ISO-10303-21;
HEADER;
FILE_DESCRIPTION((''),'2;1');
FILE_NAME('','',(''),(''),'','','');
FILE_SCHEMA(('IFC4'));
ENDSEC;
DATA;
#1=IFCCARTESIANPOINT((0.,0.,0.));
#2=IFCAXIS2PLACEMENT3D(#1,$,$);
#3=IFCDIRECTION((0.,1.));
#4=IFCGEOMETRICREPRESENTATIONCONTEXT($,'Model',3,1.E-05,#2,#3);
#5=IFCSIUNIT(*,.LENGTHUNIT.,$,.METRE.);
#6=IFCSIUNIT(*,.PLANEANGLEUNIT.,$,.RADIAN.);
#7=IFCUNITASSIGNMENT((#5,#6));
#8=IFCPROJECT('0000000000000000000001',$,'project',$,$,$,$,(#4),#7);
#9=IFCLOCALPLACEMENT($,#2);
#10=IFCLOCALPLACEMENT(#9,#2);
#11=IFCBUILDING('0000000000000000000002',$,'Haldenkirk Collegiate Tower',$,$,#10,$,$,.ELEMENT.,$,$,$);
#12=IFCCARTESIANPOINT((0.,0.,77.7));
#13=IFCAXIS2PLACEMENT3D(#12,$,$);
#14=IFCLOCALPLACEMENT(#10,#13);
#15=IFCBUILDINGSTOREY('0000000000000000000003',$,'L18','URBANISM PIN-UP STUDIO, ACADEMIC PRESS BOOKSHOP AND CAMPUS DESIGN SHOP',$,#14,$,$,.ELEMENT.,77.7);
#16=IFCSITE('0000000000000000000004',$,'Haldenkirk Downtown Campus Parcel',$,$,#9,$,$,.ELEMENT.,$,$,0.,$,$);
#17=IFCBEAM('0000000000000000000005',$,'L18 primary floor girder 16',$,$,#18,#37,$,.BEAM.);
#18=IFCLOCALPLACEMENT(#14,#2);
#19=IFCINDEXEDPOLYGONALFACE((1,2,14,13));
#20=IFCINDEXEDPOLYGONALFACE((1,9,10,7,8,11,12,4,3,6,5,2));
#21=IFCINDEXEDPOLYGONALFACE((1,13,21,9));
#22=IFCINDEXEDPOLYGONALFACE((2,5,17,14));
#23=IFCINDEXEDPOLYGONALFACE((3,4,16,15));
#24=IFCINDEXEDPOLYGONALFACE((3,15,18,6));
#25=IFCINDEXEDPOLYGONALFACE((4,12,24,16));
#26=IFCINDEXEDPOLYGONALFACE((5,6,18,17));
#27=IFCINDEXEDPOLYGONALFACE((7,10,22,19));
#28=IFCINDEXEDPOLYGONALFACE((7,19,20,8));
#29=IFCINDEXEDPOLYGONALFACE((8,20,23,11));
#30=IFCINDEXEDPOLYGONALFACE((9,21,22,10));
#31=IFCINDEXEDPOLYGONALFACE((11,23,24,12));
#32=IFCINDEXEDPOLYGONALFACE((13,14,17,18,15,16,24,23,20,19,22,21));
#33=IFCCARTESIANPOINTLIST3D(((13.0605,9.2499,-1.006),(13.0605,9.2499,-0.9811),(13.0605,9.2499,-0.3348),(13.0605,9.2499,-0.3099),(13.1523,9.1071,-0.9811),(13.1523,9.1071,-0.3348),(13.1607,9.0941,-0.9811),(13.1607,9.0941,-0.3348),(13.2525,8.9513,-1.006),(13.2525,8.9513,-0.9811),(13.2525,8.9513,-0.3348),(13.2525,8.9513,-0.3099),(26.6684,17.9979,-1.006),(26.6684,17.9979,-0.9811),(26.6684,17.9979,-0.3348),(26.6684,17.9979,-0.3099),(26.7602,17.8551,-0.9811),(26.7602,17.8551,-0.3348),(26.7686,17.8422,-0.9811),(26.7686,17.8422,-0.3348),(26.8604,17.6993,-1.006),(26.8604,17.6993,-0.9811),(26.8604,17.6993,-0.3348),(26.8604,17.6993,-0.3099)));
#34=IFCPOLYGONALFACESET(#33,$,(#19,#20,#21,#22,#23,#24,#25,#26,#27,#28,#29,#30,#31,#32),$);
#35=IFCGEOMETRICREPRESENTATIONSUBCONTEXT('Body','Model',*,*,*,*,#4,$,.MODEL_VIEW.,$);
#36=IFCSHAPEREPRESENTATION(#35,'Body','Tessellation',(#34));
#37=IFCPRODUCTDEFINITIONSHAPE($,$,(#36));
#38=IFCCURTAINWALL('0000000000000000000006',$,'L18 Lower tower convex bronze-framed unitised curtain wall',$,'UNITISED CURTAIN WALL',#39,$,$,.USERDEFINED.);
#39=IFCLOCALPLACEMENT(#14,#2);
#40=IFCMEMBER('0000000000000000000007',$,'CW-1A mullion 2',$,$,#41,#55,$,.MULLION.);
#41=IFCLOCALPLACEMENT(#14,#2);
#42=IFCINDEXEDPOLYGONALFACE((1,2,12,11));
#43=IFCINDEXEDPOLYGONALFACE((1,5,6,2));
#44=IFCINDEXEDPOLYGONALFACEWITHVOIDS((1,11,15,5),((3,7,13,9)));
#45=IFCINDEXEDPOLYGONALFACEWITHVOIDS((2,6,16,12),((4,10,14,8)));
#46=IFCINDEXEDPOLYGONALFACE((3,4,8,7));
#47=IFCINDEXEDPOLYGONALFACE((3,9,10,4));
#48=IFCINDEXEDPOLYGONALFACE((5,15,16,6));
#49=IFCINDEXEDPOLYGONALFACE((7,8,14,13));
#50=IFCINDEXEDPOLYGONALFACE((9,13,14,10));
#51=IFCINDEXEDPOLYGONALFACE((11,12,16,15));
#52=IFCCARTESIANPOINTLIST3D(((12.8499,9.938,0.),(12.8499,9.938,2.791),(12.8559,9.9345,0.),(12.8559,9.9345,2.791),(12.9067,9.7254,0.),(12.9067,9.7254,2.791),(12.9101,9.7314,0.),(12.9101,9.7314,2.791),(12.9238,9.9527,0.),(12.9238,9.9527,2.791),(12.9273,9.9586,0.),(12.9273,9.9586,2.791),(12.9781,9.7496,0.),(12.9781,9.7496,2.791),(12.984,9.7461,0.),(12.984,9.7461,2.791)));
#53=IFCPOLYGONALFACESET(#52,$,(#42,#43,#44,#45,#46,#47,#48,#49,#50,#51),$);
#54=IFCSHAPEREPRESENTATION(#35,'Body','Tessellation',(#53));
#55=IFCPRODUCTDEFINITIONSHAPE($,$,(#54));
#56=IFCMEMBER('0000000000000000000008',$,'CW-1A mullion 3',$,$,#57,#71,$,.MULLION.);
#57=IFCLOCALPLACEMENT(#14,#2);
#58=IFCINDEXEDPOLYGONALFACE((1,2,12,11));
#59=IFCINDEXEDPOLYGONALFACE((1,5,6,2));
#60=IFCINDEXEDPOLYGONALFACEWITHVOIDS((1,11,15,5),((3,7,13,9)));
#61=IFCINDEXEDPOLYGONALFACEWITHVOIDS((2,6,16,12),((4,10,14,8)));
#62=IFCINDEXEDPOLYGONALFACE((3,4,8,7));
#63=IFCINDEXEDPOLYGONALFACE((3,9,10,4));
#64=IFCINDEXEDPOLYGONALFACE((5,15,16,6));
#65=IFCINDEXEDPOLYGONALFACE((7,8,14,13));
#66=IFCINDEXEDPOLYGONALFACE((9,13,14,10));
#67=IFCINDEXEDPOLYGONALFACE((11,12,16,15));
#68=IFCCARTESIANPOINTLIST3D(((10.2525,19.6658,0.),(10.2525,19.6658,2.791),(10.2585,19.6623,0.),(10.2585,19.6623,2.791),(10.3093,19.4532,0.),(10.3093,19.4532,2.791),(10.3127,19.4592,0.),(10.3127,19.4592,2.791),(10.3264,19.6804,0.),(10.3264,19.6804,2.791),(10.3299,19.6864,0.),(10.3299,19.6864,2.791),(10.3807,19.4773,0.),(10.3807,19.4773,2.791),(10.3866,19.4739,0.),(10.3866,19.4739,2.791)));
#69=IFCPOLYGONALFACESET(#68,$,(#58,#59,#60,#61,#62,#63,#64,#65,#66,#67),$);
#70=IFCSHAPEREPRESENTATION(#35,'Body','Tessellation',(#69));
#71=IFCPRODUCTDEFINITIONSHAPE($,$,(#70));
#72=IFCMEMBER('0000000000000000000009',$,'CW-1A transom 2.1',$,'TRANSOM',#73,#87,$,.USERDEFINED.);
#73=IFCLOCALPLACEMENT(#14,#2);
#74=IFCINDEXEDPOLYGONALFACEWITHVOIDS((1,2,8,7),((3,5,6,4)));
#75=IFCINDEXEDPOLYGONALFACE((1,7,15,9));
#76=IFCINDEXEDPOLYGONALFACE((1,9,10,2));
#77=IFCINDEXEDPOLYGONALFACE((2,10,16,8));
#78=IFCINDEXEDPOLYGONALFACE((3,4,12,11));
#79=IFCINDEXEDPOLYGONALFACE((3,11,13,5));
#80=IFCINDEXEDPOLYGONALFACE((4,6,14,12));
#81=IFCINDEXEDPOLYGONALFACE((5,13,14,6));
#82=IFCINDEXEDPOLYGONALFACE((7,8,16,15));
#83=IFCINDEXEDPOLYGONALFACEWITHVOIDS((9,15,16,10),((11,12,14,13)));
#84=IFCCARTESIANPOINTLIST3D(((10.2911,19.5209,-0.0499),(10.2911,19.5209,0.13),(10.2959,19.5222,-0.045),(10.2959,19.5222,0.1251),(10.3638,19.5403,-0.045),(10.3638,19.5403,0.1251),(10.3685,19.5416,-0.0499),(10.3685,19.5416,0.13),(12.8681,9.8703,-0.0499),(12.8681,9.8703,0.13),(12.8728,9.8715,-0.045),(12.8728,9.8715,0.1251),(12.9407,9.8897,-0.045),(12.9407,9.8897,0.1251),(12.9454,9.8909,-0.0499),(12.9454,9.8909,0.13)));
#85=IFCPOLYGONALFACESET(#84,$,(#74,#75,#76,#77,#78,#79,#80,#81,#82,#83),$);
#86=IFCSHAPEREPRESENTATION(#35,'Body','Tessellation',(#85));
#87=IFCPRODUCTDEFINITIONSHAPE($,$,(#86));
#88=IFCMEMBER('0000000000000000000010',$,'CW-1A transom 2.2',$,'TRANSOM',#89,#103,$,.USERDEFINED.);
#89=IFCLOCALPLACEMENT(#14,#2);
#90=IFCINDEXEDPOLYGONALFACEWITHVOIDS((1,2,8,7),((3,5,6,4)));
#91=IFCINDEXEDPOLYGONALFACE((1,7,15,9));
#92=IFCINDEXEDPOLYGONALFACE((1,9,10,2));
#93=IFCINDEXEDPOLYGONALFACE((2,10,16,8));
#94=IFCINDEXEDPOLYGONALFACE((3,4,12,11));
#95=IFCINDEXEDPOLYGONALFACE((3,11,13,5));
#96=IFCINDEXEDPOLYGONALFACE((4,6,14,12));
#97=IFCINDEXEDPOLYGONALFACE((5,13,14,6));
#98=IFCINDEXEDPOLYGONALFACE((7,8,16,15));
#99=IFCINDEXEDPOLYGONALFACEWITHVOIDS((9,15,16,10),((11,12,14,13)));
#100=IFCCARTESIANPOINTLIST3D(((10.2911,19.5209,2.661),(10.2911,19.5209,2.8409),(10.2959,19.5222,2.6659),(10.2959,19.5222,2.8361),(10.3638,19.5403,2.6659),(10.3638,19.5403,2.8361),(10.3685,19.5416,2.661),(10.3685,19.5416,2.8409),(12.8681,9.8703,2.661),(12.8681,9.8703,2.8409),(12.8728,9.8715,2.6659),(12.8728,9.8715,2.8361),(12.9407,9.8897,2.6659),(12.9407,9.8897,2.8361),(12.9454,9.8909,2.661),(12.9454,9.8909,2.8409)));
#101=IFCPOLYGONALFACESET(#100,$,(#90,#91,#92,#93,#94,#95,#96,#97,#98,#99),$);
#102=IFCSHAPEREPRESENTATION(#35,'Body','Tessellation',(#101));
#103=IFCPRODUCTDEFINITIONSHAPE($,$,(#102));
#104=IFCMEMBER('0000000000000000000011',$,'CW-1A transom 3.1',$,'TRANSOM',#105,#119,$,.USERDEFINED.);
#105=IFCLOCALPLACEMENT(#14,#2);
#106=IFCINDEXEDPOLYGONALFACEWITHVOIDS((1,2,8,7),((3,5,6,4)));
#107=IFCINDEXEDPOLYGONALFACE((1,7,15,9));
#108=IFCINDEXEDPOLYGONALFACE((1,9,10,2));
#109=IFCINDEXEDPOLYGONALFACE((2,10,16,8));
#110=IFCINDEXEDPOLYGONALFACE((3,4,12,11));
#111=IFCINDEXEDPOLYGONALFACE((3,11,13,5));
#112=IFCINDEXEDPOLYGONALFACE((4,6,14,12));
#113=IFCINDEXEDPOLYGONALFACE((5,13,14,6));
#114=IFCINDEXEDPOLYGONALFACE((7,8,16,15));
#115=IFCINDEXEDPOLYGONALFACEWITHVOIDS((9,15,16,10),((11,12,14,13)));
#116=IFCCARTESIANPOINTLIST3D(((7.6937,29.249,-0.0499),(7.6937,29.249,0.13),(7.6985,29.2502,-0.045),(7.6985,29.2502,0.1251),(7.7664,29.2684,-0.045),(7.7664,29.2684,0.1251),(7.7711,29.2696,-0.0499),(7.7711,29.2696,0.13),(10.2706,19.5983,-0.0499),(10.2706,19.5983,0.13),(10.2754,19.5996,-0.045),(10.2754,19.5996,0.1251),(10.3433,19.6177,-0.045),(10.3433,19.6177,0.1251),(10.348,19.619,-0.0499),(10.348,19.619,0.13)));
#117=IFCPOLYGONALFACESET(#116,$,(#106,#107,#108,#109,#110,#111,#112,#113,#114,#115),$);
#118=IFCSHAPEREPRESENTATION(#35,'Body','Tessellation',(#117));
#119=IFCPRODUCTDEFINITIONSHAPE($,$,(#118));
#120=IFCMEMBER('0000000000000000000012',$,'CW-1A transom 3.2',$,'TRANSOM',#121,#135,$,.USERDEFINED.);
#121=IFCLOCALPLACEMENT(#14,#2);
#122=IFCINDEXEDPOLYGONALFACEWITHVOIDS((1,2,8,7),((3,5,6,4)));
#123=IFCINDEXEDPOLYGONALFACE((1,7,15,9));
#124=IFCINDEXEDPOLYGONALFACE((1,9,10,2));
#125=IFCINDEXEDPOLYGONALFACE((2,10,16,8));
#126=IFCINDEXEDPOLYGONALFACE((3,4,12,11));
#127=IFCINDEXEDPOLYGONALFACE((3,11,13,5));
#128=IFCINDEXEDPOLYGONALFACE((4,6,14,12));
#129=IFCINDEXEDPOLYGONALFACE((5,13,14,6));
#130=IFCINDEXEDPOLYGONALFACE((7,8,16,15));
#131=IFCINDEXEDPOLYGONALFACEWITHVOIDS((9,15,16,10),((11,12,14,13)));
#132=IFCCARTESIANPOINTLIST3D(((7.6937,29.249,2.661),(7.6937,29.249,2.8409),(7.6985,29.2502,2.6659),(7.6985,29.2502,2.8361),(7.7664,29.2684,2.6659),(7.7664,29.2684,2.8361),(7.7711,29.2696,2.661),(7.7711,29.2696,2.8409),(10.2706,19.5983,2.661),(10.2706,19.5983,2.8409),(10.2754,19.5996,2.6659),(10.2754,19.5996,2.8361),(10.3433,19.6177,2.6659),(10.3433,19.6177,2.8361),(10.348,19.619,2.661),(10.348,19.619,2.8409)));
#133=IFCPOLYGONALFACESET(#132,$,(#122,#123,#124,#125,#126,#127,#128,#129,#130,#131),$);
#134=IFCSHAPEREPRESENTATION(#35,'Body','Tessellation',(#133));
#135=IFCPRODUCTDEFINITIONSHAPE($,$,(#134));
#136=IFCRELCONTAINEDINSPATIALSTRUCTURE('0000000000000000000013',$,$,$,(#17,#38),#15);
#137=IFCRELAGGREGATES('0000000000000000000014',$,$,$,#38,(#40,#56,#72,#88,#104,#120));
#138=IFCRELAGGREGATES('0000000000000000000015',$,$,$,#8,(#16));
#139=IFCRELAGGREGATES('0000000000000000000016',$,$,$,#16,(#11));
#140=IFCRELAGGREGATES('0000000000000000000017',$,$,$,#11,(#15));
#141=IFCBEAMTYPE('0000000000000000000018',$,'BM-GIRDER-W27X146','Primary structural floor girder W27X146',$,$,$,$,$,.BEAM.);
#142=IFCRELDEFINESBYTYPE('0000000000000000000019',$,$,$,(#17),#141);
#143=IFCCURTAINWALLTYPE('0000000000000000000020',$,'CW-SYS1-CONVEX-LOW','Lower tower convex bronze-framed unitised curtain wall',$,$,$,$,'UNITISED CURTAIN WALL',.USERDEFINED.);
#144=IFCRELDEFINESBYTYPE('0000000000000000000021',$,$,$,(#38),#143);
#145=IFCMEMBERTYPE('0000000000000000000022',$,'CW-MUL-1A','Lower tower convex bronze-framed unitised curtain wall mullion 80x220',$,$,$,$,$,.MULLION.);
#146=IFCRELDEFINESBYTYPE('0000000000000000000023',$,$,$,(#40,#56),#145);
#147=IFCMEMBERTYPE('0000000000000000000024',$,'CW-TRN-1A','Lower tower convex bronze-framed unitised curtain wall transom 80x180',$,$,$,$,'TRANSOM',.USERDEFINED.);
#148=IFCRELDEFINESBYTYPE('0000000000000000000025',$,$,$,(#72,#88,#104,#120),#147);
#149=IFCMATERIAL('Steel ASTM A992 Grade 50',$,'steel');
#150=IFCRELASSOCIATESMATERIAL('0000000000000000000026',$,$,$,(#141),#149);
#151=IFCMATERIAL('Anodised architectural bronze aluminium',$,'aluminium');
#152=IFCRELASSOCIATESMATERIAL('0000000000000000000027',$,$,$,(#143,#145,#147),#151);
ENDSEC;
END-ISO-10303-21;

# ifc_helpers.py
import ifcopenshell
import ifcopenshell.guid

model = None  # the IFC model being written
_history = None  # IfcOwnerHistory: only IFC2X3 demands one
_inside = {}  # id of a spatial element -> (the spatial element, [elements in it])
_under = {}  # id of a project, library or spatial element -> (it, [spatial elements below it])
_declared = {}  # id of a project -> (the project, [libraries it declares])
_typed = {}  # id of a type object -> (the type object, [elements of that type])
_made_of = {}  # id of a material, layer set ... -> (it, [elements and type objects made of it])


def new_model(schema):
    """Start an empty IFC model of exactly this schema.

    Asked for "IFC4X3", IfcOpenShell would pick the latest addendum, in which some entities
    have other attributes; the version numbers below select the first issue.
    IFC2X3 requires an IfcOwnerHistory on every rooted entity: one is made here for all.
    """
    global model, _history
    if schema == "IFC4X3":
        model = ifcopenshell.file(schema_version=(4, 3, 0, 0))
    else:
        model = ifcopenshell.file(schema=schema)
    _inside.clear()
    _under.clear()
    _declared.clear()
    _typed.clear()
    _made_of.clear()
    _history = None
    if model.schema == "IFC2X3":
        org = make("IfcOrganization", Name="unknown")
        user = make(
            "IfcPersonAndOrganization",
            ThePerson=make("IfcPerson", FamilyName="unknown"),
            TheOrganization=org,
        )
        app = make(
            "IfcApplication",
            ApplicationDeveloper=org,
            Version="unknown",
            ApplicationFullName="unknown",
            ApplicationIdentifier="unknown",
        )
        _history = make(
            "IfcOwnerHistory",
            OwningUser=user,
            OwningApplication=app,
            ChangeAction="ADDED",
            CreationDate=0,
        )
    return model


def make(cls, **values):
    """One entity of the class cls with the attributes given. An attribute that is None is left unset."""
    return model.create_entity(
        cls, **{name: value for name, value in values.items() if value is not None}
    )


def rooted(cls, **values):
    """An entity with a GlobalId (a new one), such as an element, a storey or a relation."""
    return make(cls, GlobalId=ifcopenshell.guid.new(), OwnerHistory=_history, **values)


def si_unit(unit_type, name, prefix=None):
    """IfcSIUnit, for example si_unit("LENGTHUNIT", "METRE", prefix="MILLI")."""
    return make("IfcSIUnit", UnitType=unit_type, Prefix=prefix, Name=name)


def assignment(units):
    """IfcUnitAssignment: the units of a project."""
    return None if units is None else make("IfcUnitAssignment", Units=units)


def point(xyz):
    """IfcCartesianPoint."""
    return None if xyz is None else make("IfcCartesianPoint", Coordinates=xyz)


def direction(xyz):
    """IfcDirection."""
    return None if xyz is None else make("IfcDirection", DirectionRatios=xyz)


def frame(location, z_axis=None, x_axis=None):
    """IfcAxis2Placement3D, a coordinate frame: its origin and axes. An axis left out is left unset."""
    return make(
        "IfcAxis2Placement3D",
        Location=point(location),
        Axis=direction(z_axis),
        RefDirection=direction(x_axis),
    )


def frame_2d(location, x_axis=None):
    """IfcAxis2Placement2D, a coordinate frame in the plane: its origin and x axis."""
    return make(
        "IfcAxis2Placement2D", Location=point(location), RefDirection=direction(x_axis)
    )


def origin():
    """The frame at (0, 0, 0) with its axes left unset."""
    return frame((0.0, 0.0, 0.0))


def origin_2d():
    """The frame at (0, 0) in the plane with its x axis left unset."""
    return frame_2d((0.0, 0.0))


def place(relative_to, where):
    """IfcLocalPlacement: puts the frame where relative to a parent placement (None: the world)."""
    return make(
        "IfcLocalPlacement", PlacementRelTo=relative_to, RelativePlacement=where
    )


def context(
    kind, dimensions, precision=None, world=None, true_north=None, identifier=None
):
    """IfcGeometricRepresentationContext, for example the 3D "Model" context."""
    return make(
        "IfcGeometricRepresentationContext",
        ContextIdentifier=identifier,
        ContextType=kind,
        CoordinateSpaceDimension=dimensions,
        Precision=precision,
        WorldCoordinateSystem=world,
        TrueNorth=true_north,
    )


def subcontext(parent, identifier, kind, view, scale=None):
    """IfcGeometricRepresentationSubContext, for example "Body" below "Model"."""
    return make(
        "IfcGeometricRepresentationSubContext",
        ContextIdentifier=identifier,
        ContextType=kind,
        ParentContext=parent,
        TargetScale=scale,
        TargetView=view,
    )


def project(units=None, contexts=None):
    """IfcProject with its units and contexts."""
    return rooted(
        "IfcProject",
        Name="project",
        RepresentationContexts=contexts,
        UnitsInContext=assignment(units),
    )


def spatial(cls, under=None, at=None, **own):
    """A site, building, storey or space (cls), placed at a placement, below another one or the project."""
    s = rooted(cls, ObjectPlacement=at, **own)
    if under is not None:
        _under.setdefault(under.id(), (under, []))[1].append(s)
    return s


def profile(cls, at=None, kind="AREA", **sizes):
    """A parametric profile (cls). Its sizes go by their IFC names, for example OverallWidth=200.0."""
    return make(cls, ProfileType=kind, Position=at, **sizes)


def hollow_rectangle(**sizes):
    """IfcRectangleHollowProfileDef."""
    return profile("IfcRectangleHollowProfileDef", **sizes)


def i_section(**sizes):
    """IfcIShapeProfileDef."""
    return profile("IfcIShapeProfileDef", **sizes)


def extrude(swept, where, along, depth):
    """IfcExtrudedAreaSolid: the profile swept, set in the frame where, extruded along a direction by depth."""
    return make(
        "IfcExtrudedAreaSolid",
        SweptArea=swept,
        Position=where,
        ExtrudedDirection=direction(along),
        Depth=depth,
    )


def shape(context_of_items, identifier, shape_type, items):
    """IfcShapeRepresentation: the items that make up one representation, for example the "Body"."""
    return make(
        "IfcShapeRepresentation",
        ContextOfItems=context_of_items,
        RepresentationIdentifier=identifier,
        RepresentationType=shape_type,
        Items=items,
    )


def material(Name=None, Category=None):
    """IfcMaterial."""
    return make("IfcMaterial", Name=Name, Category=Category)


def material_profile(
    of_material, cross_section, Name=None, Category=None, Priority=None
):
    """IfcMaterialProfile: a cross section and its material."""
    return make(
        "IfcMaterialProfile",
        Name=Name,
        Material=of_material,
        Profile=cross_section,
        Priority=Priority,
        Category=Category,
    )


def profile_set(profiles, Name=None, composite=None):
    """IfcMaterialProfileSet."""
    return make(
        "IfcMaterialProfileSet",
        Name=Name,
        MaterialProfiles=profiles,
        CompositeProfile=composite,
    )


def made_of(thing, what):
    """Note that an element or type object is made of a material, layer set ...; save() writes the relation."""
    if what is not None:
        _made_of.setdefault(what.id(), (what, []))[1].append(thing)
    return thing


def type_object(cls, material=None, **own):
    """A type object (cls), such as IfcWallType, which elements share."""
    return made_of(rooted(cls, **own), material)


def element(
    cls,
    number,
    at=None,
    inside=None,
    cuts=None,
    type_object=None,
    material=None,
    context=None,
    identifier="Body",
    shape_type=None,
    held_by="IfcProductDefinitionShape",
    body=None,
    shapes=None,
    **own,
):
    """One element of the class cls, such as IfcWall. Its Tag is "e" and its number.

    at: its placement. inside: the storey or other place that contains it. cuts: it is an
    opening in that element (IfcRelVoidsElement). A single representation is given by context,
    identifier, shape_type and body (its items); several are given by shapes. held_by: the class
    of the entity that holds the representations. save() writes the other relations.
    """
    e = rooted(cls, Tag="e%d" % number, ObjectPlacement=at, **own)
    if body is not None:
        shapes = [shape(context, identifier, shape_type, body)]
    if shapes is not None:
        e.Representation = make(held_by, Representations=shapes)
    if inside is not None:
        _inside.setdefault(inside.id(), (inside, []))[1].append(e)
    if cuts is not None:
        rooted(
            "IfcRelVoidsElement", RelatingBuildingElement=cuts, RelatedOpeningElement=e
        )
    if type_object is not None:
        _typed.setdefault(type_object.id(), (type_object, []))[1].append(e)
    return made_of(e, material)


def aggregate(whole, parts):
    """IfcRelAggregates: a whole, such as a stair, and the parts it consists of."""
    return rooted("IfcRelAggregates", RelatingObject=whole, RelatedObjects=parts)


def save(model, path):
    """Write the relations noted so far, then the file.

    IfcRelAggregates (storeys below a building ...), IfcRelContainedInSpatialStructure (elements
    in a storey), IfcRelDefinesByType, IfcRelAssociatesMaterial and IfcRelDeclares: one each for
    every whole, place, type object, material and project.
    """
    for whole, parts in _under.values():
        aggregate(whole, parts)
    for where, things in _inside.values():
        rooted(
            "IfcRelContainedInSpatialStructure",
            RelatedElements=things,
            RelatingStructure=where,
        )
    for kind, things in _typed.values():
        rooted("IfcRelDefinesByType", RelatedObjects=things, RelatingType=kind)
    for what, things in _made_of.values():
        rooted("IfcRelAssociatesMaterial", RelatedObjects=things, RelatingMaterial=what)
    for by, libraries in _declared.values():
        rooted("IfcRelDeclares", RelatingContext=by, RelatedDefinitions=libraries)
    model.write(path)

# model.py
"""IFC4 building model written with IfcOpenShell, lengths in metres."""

from ifc_helpers import new_model, si_unit, direction, frame, origin, origin_2d, place, context, subcontext, project, spatial, hollow_rectangle, i_section, extrude, material, material_profile, profile_set, type_object, element, aggregate, save


model = new_model("IFC4")

# Units and contexts
model_context = context("Model", 3, precision=1e-05, world=origin(), true_north=direction((0.0, 1.0)))
body_context = subcontext(model_context, "Body", "Model", "MODEL_VIEW")
ifc_project = project(units=[si_unit("LENGTHUNIT", "METRE"), si_unit("PLANEANGLEUNIT", "RADIAN")], contexts=[model_context])

# Site, building, storey
site_placement = place(None, origin())
site = spatial("IfcSite", under=ifc_project, at=site_placement, Name="Haldenkirk Downtown Campus Parcel", CompositionType="ELEMENT", RefElevation=0.0)
building_placement = place(site_placement, origin())
building = spatial("IfcBuilding", under=site, at=building_placement, Name="Haldenkirk Collegiate Tower", CompositionType="ELEMENT")
storey_placement = place(building_placement, frame((0.0, 0.0, 77.7)))
storey = spatial("IfcBuildingStorey", under=building, at=storey_placement, Name="L18", Description="URBANISM PIN-UP STUDIO, ACADEMIC PRESS BOOKSHOP AND CAMPUS DESIGN SHOP", CompositionType="ELEMENT", Elevation=77.7)

# Beam
ifc_material_1 = material(Name="Steel ASTM A992 Grade 50", Category="steel")
ifc_material_profile_1 = material_profile(ifc_material_1, i_section(OverallWidth=0.355, OverallDepth=0.696, WebThickness=0.0154, FlangeThickness=0.0249, at=origin_2d()), Name="W27X146")
ifc_profile_set_1 = profile_set([ifc_material_profile_1], Name="Steel ASTM A992 Grade 50")
beam_type = type_object("IfcBeamType", Name="BM-GIRDER-W27X146", Description="Primary structural floor girder W27X146", PredefinedType="BEAM", material=ifc_profile_set_1)
beam_placement = place(storey_placement, frame((13.1565, 9.1006, -0.658), z_axis=(0.841176, 0.540762, 0.0), x_axis=(-0.540762, 0.841176, 0.0)))
element("IfcBeam", 1, at=beam_placement, inside=storey, type_object=beam_type, Name="L18 primary floor girder 16", PredefinedType="BEAM", context=body_context, shape_type="SweptSolid", body=[
    extrude(i_section(OverallWidth=0.355, OverallDepth=0.696, WebThickness=0.0154, FlangeThickness=0.0249, at=origin_2d()), origin(), (0.0, 0.0, 1.0), 16.1772),
])

# Curtain wall, members
ifc_material_2 = material(Name="Anodised architectural bronze aluminium", Category="aluminium")
curtain_wall_type = type_object("IfcCurtainWallType", Name="CW-SYS1-CONVEX-LOW", Description="Lower tower convex bronze-framed unitised curtain wall", ElementType="UNITISED CURTAIN WALL", PredefinedType="USERDEFINED", material=ifc_material_2)
curtain_wall_placement = place(storey_placement, origin())
curtain_wall = element("IfcCurtainWall", 2, at=curtain_wall_placement, inside=storey, type_object=curtain_wall_type, Name="L18 Lower tower convex bronze-framed unitised curtain wall", ObjectType="UNITISED CURTAIN WALL", PredefinedType="USERDEFINED")
ifc_material_profile_2 = material_profile(ifc_material_2, hollow_rectangle(XDim=0.0801, YDim=0.22, WallThickness=0.0049, at=origin_2d()), Name="CW-MUL-1A")
ifc_profile_set_2 = profile_set([ifc_material_profile_2], Name="Anodised architectural bronze aluminium")
member_type_1 = type_object("IfcMemberType", Name="CW-MUL-1A", Description="Lower tower convex bronze-framed unitised curtain wall mullion 80x220", PredefinedType="MULLION", material=ifc_profile_set_2)
member_1_placement = place(storey_placement, frame((12.917, 9.842, 0.0), z_axis=(0.0, 0.0, 1.0), x_axis=(-0.966152, -0.257974, 0.0)))
member_1 = element("IfcMember", 3, at=member_1_placement, type_object=member_type_1, Name="CW-1A mullion 2", PredefinedType="MULLION", context=body_context, shape_type="SweptSolid", body=[
    extrude(hollow_rectangle(XDim=0.0801, YDim=0.22, WallThickness=0.0049, at=origin_2d()), origin(), (0.0, 0.0, 1.0), 2.791),
])
member_2_placement = place(storey_placement, frame((10.3196, 19.5698, 0.0), z_axis=(0.0, 0.0, 1.0), x_axis=(-0.966152, -0.257974, 0.0)))
member_2 = element("IfcMember", 4, at=member_2_placement, type_object=member_type_1, Name="CW-1A mullion 3", PredefinedType="MULLION", context=body_context, shape_type="SweptSolid", body=[
    extrude(hollow_rectangle(XDim=0.0801, YDim=0.22, WallThickness=0.0049, at=origin_2d()), origin(), (0.0, 0.0, 1.0), 2.791),
])
ifc_material_profile_3 = material_profile(ifc_material_2, hollow_rectangle(XDim=0.0801, YDim=0.1799, WallThickness=0.0049, at=origin_2d()), Name="CW-TRN-1A")
ifc_profile_set_3 = profile_set([ifc_material_profile_3], Name="Anodised architectural bronze aluminium")
member_type_2 = type_object("IfcMemberType", Name="CW-TRN-1A", Description="Lower tower convex bronze-framed unitised curtain wall transom 80x180", ElementType="TRANSOM", PredefinedType="USERDEFINED", material=ifc_profile_set_3)
member_3_placement = place(storey_placement, frame((12.9067, 9.8806, 0.04), z_axis=(-0.257981, 0.96615, 0.0), x_axis=(-0.96615, -0.257981, 0.0)))
member_3 = element("IfcMember", 5, at=member_3_placement, type_object=member_type_2, Name="CW-1A transom 2.1", ObjectType="TRANSOM", PredefinedType="USERDEFINED", context=body_context, shape_type="SweptSolid", body=[
    extrude(hollow_rectangle(XDim=0.0801, YDim=0.1799, WallThickness=0.0049, at=origin_2d()), origin(), (0.0, 0.0, 1.0), 9.9888),
])
member_4_placement = place(storey_placement, frame((12.9067, 9.8806, 2.751), z_axis=(-0.257981, 0.96615, 0.0), x_axis=(-0.96615, -0.257981, 0.0)))
member_4 = element("IfcMember", 6, at=member_4_placement, type_object=member_type_2, Name="CW-1A transom 2.2", ObjectType="TRANSOM", PredefinedType="USERDEFINED", context=body_context, shape_type="SweptSolid", body=[
    extrude(hollow_rectangle(XDim=0.0801, YDim=0.1799, WallThickness=0.0049, at=origin_2d()), origin(), (0.0, 0.0, 1.0), 9.9888),
])
member_5_placement = place(storey_placement, frame((10.3093, 19.6086, 0.04), z_axis=(-0.257981, 0.96615, 0.0), x_axis=(-0.96615, -0.257981, 0.0)))
member_5 = element("IfcMember", 7, at=member_5_placement, type_object=member_type_2, Name="CW-1A transom 3.1", ObjectType="TRANSOM", PredefinedType="USERDEFINED", context=body_context, shape_type="SweptSolid", body=[
    extrude(hollow_rectangle(XDim=0.0801, YDim=0.1799, WallThickness=0.0049, at=origin_2d()), origin(), (0.0, 0.0, 1.0), 9.9888),
])
member_6_placement = place(storey_placement, frame((10.3093, 19.6086, 2.751), z_axis=(-0.257981, 0.96615, 0.0), x_axis=(-0.96615, -0.257981, 0.0)))
member_6 = element("IfcMember", 8, at=member_6_placement, type_object=member_type_2, Name="CW-1A transom 3.2", ObjectType="TRANSOM", PredefinedType="USERDEFINED", context=body_context, shape_type="SweptSolid", body=[
    extrude(hollow_rectangle(XDim=0.0801, YDim=0.1799, WallThickness=0.0049, at=origin_2d()), origin(), (0.0, 0.0, 1.0), 9.9888),
])

aggregate(curtain_wall, [member_1, member_2, member_3, member_4, member_5, member_6])

save(model, "model.ifc")
